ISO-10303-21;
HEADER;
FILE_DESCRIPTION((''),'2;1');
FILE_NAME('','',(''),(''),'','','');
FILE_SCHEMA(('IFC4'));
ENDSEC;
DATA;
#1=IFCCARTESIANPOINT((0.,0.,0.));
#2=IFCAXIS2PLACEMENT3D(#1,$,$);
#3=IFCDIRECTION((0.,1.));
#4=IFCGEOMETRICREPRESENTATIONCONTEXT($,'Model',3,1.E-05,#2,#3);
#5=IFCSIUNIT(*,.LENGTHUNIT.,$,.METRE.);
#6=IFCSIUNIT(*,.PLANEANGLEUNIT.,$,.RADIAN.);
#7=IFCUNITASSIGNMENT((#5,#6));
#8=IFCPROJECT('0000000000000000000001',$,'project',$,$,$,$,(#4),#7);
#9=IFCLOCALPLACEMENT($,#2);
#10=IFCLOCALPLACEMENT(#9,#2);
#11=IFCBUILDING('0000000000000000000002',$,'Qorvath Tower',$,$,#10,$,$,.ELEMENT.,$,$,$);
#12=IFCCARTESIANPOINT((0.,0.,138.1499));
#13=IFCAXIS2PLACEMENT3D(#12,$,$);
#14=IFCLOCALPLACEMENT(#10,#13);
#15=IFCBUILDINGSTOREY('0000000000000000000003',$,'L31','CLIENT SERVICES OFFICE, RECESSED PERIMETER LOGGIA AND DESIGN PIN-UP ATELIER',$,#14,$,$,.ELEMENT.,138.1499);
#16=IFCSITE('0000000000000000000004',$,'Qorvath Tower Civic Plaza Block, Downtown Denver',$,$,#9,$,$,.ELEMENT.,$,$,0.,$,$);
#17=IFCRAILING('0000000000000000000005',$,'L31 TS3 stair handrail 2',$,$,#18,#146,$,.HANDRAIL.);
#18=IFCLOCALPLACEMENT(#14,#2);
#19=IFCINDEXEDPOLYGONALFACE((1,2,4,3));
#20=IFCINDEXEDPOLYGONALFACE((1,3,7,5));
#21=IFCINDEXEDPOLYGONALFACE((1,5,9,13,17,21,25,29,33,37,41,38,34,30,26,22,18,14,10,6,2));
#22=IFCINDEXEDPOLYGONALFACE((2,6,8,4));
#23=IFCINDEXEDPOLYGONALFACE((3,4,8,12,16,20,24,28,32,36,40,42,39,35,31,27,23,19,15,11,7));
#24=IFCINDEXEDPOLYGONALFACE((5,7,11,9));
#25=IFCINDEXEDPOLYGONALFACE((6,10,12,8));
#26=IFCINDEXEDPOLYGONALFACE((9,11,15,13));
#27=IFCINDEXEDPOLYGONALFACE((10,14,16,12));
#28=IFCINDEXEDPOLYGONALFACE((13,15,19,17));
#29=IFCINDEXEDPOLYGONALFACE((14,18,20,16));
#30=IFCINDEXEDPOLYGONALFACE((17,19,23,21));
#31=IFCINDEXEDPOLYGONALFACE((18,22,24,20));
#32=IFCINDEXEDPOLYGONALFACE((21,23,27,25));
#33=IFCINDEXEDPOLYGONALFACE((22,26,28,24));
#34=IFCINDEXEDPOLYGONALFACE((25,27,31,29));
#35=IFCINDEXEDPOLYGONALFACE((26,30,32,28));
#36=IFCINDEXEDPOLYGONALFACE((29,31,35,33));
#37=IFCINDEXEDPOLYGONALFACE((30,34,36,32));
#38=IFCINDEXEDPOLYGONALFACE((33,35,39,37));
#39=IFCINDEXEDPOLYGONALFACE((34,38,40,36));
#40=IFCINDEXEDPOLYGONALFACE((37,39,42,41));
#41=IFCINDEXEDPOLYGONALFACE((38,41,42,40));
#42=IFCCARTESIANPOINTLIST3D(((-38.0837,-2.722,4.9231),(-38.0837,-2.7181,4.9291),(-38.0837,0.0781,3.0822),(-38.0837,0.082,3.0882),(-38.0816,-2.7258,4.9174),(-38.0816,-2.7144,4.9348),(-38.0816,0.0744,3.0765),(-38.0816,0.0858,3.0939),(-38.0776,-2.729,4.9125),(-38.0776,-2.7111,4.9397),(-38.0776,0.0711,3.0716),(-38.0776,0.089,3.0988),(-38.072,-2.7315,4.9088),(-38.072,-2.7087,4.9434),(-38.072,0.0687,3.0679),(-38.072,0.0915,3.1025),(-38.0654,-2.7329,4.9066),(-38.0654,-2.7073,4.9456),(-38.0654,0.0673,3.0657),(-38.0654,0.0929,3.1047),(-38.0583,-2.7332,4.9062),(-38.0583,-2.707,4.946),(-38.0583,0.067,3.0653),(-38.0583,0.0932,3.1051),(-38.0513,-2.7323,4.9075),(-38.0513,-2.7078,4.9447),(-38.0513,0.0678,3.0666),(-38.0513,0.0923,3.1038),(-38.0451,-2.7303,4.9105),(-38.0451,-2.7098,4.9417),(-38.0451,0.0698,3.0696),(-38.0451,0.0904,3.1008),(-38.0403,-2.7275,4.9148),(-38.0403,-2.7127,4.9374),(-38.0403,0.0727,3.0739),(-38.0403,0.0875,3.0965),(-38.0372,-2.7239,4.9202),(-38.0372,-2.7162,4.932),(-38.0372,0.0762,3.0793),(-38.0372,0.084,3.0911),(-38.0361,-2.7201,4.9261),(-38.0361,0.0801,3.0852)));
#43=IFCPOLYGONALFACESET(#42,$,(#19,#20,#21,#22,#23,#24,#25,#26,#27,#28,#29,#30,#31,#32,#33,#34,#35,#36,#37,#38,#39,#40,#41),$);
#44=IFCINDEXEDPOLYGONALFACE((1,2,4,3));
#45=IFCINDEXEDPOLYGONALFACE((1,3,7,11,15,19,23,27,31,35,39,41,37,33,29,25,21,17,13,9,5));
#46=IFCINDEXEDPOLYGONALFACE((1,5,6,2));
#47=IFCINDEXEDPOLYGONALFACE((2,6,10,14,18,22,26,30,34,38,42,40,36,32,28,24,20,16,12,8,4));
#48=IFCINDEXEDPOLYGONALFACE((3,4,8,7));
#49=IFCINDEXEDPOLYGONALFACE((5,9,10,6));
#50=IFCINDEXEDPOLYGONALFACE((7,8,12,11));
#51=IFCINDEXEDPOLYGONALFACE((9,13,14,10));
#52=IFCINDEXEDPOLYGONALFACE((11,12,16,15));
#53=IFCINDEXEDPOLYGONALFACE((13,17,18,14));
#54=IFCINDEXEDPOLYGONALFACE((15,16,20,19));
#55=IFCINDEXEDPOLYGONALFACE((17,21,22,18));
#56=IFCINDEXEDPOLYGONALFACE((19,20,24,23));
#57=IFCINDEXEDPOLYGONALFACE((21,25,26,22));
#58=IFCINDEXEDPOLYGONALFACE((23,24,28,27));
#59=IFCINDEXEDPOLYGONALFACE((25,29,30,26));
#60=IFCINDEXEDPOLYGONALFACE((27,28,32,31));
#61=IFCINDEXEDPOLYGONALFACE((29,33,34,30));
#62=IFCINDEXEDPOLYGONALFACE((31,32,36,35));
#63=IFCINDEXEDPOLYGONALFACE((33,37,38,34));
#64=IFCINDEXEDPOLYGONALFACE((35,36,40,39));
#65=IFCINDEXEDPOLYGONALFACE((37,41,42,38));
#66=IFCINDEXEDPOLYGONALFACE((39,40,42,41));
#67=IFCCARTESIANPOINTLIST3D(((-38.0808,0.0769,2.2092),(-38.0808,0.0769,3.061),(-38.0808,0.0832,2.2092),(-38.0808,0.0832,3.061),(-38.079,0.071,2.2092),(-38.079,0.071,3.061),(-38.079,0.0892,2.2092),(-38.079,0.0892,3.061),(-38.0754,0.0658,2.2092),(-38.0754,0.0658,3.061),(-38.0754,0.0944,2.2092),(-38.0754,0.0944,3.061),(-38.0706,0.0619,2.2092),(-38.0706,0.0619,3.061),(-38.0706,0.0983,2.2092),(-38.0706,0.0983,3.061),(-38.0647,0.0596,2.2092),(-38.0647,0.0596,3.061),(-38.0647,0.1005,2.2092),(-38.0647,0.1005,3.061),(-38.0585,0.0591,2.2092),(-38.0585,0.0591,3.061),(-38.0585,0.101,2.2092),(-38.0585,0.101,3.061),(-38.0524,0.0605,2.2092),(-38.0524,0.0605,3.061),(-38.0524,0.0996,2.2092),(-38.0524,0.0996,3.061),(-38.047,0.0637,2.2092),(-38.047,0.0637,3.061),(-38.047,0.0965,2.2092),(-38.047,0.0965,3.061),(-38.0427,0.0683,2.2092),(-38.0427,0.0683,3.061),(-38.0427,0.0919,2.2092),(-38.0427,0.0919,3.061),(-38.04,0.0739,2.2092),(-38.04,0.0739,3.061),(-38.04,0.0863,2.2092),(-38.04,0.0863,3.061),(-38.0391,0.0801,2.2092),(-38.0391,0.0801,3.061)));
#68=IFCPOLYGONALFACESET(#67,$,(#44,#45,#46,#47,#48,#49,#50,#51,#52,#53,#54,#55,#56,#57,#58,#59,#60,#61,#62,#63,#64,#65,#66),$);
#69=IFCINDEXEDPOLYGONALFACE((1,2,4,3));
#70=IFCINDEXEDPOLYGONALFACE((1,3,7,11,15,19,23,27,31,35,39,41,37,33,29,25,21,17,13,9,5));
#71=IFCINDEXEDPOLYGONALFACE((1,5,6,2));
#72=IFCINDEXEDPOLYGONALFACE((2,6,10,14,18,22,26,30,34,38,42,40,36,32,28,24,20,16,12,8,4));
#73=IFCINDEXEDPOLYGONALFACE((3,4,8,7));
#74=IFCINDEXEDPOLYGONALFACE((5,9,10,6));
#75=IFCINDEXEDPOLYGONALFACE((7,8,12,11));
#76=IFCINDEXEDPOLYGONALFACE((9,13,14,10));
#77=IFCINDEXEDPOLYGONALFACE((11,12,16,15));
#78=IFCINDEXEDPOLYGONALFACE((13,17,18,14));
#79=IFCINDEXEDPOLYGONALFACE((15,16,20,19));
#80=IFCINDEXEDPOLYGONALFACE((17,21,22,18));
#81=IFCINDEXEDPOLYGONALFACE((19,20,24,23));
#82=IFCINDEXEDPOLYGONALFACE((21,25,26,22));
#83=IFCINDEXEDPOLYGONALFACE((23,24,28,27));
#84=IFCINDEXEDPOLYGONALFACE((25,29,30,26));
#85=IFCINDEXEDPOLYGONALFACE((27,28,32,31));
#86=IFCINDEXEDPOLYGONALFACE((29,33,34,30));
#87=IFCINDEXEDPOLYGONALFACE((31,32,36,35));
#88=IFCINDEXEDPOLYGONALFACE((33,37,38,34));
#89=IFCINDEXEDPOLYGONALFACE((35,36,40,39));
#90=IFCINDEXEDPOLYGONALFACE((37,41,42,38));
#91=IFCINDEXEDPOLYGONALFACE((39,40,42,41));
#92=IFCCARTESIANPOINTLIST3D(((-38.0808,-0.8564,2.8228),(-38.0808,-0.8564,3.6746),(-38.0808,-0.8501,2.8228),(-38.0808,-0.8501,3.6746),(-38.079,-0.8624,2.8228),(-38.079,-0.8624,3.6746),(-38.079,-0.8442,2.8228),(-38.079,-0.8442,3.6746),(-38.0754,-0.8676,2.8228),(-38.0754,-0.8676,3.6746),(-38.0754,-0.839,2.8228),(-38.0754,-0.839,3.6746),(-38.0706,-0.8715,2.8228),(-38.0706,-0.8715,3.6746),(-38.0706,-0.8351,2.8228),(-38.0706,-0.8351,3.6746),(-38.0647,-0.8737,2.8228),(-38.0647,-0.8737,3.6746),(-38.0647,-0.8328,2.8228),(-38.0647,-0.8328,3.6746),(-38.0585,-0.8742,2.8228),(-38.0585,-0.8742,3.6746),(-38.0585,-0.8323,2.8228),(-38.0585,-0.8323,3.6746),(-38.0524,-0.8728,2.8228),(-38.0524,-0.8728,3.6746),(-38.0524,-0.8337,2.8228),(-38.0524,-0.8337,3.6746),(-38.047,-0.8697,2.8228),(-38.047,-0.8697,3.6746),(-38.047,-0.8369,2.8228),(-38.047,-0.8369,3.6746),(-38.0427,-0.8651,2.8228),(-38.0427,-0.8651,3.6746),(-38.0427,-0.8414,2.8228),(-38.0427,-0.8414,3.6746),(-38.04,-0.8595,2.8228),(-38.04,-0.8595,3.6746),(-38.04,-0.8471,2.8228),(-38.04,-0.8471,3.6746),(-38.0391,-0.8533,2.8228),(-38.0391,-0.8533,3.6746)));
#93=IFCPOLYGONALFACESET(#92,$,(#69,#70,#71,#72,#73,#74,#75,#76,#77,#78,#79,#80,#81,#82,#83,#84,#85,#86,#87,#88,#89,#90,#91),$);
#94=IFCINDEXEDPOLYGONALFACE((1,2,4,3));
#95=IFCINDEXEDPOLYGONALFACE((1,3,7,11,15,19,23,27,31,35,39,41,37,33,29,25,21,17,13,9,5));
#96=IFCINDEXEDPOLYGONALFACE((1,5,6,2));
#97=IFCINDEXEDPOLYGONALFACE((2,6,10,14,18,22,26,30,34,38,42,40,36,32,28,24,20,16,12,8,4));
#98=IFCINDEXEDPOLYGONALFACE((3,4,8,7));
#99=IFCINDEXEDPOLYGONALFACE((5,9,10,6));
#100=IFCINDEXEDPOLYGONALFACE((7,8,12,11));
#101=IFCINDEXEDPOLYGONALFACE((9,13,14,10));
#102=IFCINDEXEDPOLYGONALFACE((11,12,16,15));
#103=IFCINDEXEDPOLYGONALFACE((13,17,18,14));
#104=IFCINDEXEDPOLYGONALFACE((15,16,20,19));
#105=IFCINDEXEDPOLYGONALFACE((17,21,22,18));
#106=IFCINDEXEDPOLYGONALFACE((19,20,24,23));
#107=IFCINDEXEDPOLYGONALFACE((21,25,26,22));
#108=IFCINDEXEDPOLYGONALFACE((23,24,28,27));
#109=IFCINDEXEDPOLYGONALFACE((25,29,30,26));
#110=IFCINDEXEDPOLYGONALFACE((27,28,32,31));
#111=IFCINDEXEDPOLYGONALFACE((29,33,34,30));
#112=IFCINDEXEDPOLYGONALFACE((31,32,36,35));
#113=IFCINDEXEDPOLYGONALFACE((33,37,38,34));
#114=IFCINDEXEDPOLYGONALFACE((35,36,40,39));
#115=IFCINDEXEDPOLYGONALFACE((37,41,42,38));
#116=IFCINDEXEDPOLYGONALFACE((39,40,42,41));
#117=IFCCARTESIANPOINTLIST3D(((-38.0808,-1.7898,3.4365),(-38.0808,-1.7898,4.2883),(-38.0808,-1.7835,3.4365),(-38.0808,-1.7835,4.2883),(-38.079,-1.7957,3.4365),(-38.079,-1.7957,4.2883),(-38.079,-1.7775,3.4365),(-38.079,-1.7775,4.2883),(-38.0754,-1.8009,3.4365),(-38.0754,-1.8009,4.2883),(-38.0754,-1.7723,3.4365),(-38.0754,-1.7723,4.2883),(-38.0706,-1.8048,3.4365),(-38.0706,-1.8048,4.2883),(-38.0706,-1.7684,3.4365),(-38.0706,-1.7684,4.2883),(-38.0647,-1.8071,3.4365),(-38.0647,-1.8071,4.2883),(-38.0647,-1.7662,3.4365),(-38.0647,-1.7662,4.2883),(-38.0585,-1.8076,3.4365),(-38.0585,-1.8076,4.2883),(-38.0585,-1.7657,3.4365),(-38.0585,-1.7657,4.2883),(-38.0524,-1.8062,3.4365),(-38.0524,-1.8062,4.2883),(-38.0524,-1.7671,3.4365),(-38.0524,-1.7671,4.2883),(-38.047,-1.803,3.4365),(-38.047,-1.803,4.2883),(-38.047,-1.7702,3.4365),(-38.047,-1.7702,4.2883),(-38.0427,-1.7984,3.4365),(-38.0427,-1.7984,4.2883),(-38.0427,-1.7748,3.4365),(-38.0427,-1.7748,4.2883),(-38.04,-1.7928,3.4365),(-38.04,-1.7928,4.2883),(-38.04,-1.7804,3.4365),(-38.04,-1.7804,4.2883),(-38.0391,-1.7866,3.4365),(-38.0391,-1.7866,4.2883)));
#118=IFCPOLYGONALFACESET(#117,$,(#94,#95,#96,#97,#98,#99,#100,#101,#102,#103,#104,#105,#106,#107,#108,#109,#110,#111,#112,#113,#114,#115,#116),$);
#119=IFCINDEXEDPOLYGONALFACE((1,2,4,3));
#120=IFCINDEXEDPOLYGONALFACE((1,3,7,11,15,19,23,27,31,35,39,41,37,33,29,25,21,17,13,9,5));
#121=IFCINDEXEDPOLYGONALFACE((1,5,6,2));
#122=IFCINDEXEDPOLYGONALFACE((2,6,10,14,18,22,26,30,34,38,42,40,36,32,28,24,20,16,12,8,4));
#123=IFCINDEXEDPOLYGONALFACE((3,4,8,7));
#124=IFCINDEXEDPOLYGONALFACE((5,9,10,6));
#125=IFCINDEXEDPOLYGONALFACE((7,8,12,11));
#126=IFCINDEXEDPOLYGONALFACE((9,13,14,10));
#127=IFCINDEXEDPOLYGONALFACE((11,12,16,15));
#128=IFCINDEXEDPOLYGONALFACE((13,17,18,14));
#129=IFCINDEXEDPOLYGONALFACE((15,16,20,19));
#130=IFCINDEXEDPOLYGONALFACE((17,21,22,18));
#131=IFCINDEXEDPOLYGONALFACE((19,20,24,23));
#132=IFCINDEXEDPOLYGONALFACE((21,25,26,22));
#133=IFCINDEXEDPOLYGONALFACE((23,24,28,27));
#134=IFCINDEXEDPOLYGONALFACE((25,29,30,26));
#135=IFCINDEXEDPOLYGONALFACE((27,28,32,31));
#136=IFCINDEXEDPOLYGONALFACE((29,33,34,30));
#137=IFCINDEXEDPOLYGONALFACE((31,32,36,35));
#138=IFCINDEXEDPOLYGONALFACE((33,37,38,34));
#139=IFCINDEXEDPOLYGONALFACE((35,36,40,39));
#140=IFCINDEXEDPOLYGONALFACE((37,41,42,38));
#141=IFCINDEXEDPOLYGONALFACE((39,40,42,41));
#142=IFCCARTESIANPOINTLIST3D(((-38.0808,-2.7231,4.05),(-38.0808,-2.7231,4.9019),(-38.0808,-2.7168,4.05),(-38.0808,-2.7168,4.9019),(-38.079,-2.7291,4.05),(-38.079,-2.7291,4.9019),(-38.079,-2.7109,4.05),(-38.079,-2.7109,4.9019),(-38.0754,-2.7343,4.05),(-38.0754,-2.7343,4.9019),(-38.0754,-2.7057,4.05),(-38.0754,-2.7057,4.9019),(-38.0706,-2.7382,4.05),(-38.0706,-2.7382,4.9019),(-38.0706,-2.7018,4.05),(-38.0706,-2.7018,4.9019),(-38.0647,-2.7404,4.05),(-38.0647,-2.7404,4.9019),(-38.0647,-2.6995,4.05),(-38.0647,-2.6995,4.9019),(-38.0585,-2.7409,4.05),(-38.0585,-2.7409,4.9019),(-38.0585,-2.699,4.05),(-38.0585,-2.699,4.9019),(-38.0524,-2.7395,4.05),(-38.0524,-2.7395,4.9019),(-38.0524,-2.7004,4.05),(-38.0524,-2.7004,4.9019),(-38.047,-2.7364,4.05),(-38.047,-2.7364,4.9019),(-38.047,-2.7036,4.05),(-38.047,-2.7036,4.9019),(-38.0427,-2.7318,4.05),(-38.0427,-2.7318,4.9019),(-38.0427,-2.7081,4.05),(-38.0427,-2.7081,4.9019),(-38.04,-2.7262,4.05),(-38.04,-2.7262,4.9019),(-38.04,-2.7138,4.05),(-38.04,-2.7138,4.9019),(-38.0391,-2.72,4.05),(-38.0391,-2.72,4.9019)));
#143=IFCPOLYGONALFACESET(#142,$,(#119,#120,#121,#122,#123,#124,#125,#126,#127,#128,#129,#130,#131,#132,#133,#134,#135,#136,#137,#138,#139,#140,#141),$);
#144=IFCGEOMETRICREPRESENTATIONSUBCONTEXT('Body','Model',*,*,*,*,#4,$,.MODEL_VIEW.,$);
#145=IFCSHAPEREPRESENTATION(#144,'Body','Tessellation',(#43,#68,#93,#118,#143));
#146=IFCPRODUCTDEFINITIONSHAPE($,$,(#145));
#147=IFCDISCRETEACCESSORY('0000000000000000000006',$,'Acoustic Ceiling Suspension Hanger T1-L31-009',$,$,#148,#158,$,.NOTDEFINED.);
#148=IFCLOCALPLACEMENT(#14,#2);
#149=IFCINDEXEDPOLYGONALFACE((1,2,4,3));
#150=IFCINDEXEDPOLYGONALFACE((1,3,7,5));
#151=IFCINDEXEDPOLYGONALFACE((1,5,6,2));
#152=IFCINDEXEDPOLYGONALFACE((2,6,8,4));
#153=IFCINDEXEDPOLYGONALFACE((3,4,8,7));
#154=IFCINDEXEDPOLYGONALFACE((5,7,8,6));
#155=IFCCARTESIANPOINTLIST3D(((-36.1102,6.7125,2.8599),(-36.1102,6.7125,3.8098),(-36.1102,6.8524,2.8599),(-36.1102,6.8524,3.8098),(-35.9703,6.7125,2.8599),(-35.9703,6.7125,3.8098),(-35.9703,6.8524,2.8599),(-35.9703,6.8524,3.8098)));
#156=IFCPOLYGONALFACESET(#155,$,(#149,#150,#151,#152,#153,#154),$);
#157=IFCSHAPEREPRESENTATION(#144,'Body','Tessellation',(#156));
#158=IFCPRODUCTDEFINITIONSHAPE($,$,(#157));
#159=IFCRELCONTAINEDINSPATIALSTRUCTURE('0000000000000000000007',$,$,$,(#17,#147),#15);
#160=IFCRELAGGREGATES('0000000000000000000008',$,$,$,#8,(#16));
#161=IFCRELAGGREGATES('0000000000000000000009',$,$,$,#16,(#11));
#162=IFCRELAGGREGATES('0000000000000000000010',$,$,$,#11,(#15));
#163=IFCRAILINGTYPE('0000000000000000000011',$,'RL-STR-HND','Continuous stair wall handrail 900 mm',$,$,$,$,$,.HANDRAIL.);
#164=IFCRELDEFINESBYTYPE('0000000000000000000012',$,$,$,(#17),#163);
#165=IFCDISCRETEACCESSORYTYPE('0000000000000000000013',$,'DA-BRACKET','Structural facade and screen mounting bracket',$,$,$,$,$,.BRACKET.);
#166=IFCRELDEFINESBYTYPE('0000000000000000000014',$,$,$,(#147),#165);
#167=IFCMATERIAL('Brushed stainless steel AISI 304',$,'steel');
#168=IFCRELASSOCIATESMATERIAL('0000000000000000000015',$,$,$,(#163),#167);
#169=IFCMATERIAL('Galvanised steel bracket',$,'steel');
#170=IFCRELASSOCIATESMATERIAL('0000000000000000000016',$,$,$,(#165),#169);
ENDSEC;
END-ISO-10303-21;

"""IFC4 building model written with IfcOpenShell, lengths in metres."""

from ifc_helpers import new_model, si_unit, direction, frame, origin, origin_2d, place, context, subcontext, project, spatial, rectangle, circle, extrude, material, type_object, element, save


model = new_model("IFC4")

# Units and contexts
model_context = context("Model", 3, precision=1e-05, world=origin(), true_north=direction((0.0, 1.0)))
body_context = subcontext(model_context, "Body", "Model", "MODEL_VIEW")
ifc_project = project(units=[si_unit("LENGTHUNIT", "METRE"), si_unit("PLANEANGLEUNIT", "RADIAN")], contexts=[model_context])

# Site, building, storey
site_placement = place(None, origin())
site = spatial("IfcSite", under=ifc_project, at=site_placement, Name="Qorvath Tower Civic Plaza Block, Downtown Denver", CompositionType="ELEMENT", RefElevation=0.0)
building_placement = place(site_placement, origin())
building = spatial("IfcBuilding", under=site, at=building_placement, Name="Qorvath Tower", CompositionType="ELEMENT")
storey_placement = place(building_placement, frame((0.0, 0.0, 138.1499)))
storey = spatial("IfcBuildingStorey", under=building, at=storey_placement, Name="L31", Description="CLIENT SERVICES OFFICE, RECESSED PERIMETER LOGGIA AND DESIGN PIN-UP ATELIER", CompositionType="ELEMENT", Elevation=138.1499)

# Railing
ifc_material_1 = material(Name="Brushed stainless steel AISI 304", Category="steel")
railing_type_1 = type_object("IfcRailingType", Name="RL-STR-HND", Description="Continuous stair wall handrail 900 mm", PredefinedType="HANDRAIL", material=ifc_material_1)
railing_1_placement = place(storey_placement, frame((-38.0601, 0.0801, 2.2092)))
element("IfcRailing", 1, at=railing_1_placement, inside=storey, type_object=railing_type_1, Name="L31 TS3 stair handrail 2", PredefinedType="HANDRAIL", context=body_context, shape_type="SweptSolid", body=[
    extrude(circle(Radius=0.0239, at=origin_2d()), frame((0.0, 0.0, 0.876), z_axis=(0.0, -0.835598, 0.549342), x_axis=(1.0, 0.0, 0.0)), (0.0, 0.0, 1.0), 3.3511),
    extrude(circle(Radius=0.021, at=origin_2d()), origin(), (0.0, 0.0, 1.0), 0.8518),
    extrude(circle(Radius=0.021, at=origin_2d()), frame((0.0, -0.9333, 0.6135)), (0.0, 0.0, 1.0), 0.8518),
    extrude(circle(Radius=0.021, at=origin_2d()), frame((0.0, -1.8667, 1.2273)), (0.0, 0.0, 1.0), 0.8518),
    extrude(circle(Radius=0.021, at=origin_2d()), frame((0.0, -2.8, 1.8408)), (0.0, 0.0, 1.0), 0.8518),
])

# Discrete accessory
ifc_material_2 = material(Name="Galvanised steel bracket", Category="steel")
discrete_accessory_type = type_object("IfcDiscreteAccessoryType", Name="DA-BRACKET", Description="Structural facade and screen mounting bracket", PredefinedType="BRACKET", material=ifc_material_2)
discrete_accessory_placement = place(storey_placement, frame((-36.0403, 6.7825, 2.8599), z_axis=(0.0, 0.0, 1.0), x_axis=(1.0, 0.0, 0.0)))
element("IfcDiscreteAccessory", 2, at=discrete_accessory_placement, inside=storey, type_object=discrete_accessory_type, Name="Acoustic Ceiling Suspension Hanger T1-L31-009", PredefinedType="NOTDEFINED", context=body_context, shape_type="SweptSolid", body=[
    extrude(rectangle(XDim=0.1399, YDim=0.1399, at=origin_2d()), origin(), (0.0, 0.0, 1.0), 0.95),
])

save(model, "model.ifc")
